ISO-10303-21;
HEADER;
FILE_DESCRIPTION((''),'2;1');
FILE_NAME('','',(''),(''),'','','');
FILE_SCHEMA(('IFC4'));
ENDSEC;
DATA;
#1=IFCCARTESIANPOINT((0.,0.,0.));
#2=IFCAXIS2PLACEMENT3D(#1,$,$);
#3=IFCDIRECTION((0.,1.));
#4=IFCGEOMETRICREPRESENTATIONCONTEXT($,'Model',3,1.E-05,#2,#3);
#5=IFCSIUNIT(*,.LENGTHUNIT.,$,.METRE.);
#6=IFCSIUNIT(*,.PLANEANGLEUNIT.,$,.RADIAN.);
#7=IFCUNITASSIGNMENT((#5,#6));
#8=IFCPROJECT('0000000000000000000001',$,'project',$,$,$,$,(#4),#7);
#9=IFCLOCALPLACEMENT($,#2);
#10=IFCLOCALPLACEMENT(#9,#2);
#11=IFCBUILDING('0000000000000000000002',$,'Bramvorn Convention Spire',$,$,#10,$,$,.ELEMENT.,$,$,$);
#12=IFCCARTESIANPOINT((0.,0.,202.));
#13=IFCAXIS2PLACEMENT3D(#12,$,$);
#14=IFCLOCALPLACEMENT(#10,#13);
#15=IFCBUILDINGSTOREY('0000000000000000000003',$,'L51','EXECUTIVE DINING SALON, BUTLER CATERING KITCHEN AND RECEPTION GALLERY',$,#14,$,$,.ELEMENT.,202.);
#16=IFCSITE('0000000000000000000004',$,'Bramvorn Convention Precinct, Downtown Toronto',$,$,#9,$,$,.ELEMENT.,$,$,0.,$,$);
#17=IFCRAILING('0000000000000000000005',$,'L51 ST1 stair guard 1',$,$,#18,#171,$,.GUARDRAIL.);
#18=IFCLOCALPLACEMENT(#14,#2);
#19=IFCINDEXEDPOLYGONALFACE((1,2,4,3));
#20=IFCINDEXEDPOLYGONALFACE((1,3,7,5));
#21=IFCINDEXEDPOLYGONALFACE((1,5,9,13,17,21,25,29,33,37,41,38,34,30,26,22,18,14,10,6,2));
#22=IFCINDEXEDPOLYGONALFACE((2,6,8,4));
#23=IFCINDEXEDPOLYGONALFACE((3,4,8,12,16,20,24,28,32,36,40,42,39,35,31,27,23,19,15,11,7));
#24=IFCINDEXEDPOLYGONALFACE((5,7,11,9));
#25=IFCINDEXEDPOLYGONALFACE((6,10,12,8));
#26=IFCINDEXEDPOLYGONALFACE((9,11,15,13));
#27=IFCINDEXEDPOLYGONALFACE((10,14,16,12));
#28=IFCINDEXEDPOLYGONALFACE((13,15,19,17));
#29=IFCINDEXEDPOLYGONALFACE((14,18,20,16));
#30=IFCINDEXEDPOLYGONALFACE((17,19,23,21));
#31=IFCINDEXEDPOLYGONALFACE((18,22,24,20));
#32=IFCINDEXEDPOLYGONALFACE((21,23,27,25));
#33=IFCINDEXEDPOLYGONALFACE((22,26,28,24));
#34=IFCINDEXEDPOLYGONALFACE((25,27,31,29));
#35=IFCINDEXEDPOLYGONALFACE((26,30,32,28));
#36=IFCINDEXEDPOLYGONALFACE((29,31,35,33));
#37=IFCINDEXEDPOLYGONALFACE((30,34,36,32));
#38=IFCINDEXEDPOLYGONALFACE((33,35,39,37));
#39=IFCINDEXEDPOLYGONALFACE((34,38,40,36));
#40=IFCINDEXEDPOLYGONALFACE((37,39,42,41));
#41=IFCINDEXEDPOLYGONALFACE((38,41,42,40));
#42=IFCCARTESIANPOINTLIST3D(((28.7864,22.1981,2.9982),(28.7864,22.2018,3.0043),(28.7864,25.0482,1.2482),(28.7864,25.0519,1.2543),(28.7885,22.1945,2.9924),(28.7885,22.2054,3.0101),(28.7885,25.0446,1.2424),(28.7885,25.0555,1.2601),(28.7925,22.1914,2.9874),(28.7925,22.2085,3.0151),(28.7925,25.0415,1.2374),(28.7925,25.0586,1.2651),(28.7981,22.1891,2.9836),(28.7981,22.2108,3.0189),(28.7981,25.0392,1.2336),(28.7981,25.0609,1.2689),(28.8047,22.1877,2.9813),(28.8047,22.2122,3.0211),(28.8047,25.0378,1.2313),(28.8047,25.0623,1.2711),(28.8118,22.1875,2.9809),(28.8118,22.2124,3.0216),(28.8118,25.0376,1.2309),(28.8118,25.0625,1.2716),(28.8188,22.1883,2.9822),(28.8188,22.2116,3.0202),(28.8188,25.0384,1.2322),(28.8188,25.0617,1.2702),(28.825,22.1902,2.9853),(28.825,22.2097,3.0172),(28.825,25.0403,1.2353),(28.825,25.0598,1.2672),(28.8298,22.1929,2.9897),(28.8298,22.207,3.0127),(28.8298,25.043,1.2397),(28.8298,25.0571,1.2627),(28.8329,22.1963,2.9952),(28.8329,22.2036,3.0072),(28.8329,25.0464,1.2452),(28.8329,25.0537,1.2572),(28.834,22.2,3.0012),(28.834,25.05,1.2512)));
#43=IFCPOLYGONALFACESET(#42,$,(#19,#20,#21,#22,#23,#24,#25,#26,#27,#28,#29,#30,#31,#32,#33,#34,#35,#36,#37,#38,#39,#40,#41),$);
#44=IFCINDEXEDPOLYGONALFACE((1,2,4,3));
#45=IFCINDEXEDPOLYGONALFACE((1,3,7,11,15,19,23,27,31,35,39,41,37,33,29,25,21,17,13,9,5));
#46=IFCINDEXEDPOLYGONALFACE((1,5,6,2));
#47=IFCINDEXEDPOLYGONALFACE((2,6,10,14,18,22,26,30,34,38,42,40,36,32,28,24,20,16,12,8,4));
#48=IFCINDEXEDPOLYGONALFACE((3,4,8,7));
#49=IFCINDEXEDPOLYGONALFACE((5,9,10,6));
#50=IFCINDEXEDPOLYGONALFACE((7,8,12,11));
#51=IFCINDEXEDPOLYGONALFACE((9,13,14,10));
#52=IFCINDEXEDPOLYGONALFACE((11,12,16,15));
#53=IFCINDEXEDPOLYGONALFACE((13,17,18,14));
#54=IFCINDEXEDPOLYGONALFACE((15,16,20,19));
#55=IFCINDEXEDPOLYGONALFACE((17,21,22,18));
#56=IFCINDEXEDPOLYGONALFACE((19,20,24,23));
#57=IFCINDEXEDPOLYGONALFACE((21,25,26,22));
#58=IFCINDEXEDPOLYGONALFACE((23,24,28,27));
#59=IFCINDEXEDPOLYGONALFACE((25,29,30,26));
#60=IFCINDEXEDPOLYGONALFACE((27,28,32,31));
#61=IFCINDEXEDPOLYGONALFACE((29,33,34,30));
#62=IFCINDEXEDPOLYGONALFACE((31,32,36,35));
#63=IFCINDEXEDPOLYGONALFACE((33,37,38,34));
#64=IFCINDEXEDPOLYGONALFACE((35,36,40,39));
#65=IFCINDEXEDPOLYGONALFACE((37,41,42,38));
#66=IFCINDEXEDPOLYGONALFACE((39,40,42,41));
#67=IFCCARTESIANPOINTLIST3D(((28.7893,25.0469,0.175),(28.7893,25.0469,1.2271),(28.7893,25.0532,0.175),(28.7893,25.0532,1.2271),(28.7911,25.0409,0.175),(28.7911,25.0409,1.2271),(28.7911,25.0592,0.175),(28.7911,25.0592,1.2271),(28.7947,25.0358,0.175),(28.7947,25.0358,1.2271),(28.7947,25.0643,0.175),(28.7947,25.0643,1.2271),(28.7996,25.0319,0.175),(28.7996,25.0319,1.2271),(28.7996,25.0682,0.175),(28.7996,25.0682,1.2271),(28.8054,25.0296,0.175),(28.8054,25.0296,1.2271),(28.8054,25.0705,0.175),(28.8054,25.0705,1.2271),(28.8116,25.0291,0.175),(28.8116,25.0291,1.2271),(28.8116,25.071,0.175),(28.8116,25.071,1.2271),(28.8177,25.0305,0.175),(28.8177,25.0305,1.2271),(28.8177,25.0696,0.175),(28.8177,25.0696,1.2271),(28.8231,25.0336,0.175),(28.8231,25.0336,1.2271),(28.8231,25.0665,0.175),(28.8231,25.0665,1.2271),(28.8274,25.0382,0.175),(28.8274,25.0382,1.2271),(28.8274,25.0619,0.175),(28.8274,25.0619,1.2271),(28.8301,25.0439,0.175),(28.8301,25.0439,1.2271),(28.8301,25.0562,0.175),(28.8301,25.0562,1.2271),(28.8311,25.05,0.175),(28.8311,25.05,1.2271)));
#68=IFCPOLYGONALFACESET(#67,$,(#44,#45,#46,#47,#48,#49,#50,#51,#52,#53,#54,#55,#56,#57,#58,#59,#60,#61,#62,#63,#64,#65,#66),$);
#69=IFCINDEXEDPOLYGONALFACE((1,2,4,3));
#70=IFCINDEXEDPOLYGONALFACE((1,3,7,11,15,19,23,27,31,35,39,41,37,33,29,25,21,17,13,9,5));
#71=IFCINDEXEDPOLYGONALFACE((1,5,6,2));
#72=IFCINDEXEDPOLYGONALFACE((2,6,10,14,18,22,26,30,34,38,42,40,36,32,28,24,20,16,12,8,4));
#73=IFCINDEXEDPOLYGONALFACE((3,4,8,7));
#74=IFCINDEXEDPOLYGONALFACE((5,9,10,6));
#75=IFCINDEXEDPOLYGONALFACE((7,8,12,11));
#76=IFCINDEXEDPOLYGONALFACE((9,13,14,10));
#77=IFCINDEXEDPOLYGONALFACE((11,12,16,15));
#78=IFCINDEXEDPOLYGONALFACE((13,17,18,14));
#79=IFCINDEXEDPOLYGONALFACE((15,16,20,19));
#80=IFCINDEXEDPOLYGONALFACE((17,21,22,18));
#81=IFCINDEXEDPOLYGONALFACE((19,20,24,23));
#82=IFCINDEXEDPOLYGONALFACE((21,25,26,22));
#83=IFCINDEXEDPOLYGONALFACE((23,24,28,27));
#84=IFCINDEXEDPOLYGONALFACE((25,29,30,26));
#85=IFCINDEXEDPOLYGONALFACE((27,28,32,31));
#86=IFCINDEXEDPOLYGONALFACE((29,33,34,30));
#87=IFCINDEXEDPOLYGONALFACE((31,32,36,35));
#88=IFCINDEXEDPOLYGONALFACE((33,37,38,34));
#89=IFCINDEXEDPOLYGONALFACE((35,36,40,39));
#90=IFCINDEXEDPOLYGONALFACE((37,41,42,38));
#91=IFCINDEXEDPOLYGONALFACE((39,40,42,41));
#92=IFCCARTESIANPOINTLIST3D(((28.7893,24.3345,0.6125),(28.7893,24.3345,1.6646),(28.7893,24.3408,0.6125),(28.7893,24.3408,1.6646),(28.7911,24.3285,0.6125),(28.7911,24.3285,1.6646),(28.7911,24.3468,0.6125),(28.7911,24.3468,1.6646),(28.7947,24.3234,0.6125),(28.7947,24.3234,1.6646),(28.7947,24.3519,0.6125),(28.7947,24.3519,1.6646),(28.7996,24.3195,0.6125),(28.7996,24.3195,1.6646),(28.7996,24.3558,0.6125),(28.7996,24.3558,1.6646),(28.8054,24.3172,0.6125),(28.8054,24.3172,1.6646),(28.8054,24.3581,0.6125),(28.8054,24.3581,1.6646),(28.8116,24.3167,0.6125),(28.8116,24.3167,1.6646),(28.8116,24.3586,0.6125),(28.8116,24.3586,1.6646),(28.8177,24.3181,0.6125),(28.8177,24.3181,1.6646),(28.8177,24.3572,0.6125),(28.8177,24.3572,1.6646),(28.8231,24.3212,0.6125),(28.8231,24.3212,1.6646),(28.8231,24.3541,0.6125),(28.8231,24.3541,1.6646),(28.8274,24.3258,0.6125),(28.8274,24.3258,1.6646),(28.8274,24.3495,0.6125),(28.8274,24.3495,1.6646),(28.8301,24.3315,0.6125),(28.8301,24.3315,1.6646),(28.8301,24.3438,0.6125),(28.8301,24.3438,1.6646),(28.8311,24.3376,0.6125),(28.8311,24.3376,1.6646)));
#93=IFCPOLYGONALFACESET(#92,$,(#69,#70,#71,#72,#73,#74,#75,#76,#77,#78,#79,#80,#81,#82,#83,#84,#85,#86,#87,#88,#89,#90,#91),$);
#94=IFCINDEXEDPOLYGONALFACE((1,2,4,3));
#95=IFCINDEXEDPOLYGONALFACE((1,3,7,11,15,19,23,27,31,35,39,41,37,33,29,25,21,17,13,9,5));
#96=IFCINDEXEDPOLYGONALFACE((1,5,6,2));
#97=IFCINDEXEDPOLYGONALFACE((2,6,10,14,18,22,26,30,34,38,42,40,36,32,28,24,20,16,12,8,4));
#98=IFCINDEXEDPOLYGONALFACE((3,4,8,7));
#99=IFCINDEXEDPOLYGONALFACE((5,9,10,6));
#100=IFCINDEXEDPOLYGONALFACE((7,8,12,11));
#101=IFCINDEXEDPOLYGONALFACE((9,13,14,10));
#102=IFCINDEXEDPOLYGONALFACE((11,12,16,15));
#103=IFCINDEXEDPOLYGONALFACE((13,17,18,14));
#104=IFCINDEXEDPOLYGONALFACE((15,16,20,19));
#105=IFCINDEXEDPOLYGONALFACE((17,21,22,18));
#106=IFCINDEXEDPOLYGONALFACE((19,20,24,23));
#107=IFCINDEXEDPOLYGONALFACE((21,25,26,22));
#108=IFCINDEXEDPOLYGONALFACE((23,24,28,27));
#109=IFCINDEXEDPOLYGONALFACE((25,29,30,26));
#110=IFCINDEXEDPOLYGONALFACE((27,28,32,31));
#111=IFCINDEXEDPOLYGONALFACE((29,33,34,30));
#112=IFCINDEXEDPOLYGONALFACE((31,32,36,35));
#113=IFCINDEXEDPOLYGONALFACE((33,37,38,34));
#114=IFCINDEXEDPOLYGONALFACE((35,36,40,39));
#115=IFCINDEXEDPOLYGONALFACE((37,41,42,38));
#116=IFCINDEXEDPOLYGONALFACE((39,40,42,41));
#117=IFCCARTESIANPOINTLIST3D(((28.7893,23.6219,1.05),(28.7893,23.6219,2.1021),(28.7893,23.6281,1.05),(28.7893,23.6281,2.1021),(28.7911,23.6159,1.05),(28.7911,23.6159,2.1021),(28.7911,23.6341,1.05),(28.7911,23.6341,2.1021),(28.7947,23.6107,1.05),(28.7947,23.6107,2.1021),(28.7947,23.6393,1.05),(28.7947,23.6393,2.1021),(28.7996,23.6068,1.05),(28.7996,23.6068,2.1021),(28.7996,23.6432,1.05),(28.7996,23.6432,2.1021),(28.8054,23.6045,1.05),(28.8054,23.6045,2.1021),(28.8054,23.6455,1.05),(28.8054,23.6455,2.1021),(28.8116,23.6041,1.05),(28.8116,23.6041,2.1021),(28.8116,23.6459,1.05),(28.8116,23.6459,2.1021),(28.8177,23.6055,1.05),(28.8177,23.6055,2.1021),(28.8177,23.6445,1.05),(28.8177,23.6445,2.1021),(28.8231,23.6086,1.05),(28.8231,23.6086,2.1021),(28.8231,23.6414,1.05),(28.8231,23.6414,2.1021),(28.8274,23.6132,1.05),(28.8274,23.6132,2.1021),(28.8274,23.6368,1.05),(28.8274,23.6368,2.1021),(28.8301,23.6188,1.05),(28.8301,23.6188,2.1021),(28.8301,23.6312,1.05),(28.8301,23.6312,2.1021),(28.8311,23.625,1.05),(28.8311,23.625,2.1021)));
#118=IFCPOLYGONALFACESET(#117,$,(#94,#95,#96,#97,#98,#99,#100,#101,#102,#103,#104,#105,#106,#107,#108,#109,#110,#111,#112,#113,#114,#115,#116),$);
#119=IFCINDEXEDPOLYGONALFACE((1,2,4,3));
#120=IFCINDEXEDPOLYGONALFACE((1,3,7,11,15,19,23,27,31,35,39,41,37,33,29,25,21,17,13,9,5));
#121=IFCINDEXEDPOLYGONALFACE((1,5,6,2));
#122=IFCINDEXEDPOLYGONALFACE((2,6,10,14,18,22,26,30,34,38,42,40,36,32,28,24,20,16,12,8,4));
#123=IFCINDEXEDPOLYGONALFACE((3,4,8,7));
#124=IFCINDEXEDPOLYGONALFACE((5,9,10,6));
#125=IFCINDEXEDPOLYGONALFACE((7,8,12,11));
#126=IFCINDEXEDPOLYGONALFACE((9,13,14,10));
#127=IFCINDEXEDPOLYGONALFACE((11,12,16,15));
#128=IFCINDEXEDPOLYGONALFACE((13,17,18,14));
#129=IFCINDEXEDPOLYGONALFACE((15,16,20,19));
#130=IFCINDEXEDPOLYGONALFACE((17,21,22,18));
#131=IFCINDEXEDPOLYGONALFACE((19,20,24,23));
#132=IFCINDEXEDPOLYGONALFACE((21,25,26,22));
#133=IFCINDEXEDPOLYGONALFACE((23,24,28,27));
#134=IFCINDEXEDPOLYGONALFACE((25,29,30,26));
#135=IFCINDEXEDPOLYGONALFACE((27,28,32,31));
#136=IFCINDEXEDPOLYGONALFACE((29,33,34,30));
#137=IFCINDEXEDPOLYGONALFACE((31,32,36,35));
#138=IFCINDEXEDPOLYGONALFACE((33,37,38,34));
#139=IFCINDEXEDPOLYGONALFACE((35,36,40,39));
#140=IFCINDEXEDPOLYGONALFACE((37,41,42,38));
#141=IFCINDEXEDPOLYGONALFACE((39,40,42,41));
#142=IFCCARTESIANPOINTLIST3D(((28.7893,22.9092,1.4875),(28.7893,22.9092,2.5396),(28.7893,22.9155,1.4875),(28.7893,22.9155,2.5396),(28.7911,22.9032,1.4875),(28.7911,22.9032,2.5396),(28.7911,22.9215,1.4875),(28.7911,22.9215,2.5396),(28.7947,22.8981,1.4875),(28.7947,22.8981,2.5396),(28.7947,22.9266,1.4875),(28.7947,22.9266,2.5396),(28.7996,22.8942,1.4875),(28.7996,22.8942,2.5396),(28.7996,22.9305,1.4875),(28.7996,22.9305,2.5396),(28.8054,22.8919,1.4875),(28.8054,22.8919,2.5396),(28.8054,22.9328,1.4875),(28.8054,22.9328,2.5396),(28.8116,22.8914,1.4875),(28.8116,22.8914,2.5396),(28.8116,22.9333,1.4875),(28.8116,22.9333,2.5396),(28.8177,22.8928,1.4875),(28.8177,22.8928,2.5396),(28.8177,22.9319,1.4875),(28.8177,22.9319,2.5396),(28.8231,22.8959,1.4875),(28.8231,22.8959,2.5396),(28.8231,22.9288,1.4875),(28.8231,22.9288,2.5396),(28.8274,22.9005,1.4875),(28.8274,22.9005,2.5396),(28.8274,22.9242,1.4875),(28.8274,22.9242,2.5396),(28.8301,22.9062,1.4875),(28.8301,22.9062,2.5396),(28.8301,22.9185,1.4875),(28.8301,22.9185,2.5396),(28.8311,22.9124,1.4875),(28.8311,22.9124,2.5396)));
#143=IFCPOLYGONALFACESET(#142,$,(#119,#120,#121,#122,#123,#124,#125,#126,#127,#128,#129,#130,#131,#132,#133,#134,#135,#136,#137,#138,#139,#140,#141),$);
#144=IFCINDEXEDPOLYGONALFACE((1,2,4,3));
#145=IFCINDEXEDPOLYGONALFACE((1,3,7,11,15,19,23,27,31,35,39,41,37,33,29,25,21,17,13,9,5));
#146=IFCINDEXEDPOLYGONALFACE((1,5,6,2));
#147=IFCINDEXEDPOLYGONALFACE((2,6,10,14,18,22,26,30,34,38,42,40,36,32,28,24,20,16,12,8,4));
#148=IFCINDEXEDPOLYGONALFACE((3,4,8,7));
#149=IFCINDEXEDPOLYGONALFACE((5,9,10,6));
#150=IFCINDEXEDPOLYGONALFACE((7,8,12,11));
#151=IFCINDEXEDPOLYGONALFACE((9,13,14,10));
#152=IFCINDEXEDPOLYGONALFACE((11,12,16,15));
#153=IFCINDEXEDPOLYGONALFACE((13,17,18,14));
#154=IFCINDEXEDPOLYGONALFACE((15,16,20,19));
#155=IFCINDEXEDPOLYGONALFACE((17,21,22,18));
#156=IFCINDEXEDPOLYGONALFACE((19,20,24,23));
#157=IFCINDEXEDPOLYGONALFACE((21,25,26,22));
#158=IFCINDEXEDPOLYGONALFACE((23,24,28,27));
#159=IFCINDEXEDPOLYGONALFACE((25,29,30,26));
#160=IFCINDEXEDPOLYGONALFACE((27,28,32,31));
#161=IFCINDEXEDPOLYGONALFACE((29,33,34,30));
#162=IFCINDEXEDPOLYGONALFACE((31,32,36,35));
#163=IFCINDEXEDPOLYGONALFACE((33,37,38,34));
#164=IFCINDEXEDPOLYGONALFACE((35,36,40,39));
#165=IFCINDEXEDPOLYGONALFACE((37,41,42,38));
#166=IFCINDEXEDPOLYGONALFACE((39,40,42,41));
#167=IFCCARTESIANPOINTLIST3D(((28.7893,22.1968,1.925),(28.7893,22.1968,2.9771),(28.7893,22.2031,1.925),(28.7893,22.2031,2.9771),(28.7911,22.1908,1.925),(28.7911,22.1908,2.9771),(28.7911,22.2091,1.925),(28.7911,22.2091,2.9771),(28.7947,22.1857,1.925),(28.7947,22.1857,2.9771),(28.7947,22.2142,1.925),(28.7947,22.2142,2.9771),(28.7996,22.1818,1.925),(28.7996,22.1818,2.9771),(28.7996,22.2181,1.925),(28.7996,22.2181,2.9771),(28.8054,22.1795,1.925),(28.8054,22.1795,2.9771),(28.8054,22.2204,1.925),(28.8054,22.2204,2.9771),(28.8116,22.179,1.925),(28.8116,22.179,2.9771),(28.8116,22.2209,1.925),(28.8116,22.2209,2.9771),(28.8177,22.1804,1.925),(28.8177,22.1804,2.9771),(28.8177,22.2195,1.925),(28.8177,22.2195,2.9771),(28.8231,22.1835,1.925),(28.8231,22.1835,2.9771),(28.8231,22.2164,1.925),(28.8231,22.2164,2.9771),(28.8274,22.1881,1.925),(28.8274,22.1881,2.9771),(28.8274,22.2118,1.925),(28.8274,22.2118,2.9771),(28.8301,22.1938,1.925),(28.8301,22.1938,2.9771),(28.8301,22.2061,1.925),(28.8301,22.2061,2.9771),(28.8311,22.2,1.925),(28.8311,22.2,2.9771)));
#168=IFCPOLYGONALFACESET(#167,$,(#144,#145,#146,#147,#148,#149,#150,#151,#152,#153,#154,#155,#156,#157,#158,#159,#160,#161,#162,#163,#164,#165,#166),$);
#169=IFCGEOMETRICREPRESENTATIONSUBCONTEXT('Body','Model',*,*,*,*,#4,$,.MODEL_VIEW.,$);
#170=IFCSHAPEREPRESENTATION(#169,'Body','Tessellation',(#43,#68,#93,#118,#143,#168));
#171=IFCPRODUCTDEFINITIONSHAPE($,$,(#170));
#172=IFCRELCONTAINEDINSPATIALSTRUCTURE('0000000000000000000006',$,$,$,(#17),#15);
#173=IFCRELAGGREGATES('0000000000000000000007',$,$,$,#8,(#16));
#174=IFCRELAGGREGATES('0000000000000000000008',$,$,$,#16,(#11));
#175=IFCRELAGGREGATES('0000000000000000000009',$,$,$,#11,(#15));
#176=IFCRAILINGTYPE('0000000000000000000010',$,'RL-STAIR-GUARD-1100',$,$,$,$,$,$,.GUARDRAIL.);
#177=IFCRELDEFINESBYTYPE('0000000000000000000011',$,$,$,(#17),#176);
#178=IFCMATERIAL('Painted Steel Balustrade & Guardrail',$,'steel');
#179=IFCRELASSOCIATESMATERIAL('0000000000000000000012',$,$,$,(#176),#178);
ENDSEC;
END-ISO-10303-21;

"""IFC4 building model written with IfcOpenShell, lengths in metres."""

from ifc_helpers import new_model, si_unit, direction, frame, origin, origin_2d, place, context, subcontext, project, spatial, circle, extrude, material, type_object, element, save


model = new_model("IFC4")

# Units and contexts
model_context = context("Model", 3, precision=1e-05, world=origin(), true_north=direction((0.0, 1.0)))
body_context = subcontext(model_context, "Body", "Model", "MODEL_VIEW")
ifc_project = project(units=[si_unit("LENGTHUNIT", "METRE"), si_unit("PLANEANGLEUNIT", "RADIAN")], contexts=[model_context])

# Site, building, storey
site_placement = place(None, origin())
site = spatial("IfcSite", under=ifc_project, at=site_placement, Name="Bramvorn Convention Precinct, Downtown Toronto", CompositionType="ELEMENT", RefElevation=0.0)
building_placement = place(site_placement, origin())
building = spatial("IfcBuilding", under=site, at=building_placement, Name="Bramvorn Convention Spire", CompositionType="ELEMENT")
storey_placement = place(building_placement, frame((0.0, 0.0, 202.0)))
storey = spatial("IfcBuildingStorey", under=building, at=storey_placement, Name="L51", Description="EXECUTIVE DINING SALON, BUTLER CATERING KITCHEN AND RECEPTION GALLERY", CompositionType="ELEMENT", Elevation=202.0)

# Railing
ifc_material_1 = material(Name="Painted Steel Balustrade & Guardrail", Category="steel")
railing_type_1 = type_object("IfcRailingType", Name="RL-STAIR-GUARD-1100", PredefinedType="GUARDRAIL", material=ifc_material_1)
railing_1_placement = place(storey_placement, frame((28.8101, 25.05, 0.175)))
element("IfcRailing", 1, at=railing_1_placement, inside=storey, type_object=railing_type_1, Name="L51 ST1 stair guard 1", PredefinedType="GUARDRAIL", context=body_context, shape_type="SweptSolid", body=[
    extrude(circle(Radius=0.0239, at=origin_2d()), frame((0.0, 0.0, 1.0762), z_axis=(0.0, -0.852179, 0.52325), x_axis=(1.0, 0.0, 0.0)), (0.0, 0.0, 1.0), 3.3445),
    extrude(circle(Radius=0.021, at=origin_2d()), origin(), (0.0, 0.0, 1.0), 1.052),
    extrude(circle(Radius=0.021, at=origin_2d()), frame((0.0, -0.7124, 0.4375)), (0.0, 0.0, 1.0), 1.052),
    extrude(circle(Radius=0.021, at=origin_2d()), frame((0.0, -1.425, 0.875)), (0.0, 0.0, 1.0), 1.052),
    extrude(circle(Radius=0.021, at=origin_2d()), frame((0.0, -2.1377, 1.3125)), (0.0, 0.0, 1.0), 1.052),
    extrude(circle(Radius=0.021, at=origin_2d()), frame((0.0, -2.8501, 1.75)), (0.0, 0.0, 1.0), 1.052),
])

save(model, "model.ifc")
